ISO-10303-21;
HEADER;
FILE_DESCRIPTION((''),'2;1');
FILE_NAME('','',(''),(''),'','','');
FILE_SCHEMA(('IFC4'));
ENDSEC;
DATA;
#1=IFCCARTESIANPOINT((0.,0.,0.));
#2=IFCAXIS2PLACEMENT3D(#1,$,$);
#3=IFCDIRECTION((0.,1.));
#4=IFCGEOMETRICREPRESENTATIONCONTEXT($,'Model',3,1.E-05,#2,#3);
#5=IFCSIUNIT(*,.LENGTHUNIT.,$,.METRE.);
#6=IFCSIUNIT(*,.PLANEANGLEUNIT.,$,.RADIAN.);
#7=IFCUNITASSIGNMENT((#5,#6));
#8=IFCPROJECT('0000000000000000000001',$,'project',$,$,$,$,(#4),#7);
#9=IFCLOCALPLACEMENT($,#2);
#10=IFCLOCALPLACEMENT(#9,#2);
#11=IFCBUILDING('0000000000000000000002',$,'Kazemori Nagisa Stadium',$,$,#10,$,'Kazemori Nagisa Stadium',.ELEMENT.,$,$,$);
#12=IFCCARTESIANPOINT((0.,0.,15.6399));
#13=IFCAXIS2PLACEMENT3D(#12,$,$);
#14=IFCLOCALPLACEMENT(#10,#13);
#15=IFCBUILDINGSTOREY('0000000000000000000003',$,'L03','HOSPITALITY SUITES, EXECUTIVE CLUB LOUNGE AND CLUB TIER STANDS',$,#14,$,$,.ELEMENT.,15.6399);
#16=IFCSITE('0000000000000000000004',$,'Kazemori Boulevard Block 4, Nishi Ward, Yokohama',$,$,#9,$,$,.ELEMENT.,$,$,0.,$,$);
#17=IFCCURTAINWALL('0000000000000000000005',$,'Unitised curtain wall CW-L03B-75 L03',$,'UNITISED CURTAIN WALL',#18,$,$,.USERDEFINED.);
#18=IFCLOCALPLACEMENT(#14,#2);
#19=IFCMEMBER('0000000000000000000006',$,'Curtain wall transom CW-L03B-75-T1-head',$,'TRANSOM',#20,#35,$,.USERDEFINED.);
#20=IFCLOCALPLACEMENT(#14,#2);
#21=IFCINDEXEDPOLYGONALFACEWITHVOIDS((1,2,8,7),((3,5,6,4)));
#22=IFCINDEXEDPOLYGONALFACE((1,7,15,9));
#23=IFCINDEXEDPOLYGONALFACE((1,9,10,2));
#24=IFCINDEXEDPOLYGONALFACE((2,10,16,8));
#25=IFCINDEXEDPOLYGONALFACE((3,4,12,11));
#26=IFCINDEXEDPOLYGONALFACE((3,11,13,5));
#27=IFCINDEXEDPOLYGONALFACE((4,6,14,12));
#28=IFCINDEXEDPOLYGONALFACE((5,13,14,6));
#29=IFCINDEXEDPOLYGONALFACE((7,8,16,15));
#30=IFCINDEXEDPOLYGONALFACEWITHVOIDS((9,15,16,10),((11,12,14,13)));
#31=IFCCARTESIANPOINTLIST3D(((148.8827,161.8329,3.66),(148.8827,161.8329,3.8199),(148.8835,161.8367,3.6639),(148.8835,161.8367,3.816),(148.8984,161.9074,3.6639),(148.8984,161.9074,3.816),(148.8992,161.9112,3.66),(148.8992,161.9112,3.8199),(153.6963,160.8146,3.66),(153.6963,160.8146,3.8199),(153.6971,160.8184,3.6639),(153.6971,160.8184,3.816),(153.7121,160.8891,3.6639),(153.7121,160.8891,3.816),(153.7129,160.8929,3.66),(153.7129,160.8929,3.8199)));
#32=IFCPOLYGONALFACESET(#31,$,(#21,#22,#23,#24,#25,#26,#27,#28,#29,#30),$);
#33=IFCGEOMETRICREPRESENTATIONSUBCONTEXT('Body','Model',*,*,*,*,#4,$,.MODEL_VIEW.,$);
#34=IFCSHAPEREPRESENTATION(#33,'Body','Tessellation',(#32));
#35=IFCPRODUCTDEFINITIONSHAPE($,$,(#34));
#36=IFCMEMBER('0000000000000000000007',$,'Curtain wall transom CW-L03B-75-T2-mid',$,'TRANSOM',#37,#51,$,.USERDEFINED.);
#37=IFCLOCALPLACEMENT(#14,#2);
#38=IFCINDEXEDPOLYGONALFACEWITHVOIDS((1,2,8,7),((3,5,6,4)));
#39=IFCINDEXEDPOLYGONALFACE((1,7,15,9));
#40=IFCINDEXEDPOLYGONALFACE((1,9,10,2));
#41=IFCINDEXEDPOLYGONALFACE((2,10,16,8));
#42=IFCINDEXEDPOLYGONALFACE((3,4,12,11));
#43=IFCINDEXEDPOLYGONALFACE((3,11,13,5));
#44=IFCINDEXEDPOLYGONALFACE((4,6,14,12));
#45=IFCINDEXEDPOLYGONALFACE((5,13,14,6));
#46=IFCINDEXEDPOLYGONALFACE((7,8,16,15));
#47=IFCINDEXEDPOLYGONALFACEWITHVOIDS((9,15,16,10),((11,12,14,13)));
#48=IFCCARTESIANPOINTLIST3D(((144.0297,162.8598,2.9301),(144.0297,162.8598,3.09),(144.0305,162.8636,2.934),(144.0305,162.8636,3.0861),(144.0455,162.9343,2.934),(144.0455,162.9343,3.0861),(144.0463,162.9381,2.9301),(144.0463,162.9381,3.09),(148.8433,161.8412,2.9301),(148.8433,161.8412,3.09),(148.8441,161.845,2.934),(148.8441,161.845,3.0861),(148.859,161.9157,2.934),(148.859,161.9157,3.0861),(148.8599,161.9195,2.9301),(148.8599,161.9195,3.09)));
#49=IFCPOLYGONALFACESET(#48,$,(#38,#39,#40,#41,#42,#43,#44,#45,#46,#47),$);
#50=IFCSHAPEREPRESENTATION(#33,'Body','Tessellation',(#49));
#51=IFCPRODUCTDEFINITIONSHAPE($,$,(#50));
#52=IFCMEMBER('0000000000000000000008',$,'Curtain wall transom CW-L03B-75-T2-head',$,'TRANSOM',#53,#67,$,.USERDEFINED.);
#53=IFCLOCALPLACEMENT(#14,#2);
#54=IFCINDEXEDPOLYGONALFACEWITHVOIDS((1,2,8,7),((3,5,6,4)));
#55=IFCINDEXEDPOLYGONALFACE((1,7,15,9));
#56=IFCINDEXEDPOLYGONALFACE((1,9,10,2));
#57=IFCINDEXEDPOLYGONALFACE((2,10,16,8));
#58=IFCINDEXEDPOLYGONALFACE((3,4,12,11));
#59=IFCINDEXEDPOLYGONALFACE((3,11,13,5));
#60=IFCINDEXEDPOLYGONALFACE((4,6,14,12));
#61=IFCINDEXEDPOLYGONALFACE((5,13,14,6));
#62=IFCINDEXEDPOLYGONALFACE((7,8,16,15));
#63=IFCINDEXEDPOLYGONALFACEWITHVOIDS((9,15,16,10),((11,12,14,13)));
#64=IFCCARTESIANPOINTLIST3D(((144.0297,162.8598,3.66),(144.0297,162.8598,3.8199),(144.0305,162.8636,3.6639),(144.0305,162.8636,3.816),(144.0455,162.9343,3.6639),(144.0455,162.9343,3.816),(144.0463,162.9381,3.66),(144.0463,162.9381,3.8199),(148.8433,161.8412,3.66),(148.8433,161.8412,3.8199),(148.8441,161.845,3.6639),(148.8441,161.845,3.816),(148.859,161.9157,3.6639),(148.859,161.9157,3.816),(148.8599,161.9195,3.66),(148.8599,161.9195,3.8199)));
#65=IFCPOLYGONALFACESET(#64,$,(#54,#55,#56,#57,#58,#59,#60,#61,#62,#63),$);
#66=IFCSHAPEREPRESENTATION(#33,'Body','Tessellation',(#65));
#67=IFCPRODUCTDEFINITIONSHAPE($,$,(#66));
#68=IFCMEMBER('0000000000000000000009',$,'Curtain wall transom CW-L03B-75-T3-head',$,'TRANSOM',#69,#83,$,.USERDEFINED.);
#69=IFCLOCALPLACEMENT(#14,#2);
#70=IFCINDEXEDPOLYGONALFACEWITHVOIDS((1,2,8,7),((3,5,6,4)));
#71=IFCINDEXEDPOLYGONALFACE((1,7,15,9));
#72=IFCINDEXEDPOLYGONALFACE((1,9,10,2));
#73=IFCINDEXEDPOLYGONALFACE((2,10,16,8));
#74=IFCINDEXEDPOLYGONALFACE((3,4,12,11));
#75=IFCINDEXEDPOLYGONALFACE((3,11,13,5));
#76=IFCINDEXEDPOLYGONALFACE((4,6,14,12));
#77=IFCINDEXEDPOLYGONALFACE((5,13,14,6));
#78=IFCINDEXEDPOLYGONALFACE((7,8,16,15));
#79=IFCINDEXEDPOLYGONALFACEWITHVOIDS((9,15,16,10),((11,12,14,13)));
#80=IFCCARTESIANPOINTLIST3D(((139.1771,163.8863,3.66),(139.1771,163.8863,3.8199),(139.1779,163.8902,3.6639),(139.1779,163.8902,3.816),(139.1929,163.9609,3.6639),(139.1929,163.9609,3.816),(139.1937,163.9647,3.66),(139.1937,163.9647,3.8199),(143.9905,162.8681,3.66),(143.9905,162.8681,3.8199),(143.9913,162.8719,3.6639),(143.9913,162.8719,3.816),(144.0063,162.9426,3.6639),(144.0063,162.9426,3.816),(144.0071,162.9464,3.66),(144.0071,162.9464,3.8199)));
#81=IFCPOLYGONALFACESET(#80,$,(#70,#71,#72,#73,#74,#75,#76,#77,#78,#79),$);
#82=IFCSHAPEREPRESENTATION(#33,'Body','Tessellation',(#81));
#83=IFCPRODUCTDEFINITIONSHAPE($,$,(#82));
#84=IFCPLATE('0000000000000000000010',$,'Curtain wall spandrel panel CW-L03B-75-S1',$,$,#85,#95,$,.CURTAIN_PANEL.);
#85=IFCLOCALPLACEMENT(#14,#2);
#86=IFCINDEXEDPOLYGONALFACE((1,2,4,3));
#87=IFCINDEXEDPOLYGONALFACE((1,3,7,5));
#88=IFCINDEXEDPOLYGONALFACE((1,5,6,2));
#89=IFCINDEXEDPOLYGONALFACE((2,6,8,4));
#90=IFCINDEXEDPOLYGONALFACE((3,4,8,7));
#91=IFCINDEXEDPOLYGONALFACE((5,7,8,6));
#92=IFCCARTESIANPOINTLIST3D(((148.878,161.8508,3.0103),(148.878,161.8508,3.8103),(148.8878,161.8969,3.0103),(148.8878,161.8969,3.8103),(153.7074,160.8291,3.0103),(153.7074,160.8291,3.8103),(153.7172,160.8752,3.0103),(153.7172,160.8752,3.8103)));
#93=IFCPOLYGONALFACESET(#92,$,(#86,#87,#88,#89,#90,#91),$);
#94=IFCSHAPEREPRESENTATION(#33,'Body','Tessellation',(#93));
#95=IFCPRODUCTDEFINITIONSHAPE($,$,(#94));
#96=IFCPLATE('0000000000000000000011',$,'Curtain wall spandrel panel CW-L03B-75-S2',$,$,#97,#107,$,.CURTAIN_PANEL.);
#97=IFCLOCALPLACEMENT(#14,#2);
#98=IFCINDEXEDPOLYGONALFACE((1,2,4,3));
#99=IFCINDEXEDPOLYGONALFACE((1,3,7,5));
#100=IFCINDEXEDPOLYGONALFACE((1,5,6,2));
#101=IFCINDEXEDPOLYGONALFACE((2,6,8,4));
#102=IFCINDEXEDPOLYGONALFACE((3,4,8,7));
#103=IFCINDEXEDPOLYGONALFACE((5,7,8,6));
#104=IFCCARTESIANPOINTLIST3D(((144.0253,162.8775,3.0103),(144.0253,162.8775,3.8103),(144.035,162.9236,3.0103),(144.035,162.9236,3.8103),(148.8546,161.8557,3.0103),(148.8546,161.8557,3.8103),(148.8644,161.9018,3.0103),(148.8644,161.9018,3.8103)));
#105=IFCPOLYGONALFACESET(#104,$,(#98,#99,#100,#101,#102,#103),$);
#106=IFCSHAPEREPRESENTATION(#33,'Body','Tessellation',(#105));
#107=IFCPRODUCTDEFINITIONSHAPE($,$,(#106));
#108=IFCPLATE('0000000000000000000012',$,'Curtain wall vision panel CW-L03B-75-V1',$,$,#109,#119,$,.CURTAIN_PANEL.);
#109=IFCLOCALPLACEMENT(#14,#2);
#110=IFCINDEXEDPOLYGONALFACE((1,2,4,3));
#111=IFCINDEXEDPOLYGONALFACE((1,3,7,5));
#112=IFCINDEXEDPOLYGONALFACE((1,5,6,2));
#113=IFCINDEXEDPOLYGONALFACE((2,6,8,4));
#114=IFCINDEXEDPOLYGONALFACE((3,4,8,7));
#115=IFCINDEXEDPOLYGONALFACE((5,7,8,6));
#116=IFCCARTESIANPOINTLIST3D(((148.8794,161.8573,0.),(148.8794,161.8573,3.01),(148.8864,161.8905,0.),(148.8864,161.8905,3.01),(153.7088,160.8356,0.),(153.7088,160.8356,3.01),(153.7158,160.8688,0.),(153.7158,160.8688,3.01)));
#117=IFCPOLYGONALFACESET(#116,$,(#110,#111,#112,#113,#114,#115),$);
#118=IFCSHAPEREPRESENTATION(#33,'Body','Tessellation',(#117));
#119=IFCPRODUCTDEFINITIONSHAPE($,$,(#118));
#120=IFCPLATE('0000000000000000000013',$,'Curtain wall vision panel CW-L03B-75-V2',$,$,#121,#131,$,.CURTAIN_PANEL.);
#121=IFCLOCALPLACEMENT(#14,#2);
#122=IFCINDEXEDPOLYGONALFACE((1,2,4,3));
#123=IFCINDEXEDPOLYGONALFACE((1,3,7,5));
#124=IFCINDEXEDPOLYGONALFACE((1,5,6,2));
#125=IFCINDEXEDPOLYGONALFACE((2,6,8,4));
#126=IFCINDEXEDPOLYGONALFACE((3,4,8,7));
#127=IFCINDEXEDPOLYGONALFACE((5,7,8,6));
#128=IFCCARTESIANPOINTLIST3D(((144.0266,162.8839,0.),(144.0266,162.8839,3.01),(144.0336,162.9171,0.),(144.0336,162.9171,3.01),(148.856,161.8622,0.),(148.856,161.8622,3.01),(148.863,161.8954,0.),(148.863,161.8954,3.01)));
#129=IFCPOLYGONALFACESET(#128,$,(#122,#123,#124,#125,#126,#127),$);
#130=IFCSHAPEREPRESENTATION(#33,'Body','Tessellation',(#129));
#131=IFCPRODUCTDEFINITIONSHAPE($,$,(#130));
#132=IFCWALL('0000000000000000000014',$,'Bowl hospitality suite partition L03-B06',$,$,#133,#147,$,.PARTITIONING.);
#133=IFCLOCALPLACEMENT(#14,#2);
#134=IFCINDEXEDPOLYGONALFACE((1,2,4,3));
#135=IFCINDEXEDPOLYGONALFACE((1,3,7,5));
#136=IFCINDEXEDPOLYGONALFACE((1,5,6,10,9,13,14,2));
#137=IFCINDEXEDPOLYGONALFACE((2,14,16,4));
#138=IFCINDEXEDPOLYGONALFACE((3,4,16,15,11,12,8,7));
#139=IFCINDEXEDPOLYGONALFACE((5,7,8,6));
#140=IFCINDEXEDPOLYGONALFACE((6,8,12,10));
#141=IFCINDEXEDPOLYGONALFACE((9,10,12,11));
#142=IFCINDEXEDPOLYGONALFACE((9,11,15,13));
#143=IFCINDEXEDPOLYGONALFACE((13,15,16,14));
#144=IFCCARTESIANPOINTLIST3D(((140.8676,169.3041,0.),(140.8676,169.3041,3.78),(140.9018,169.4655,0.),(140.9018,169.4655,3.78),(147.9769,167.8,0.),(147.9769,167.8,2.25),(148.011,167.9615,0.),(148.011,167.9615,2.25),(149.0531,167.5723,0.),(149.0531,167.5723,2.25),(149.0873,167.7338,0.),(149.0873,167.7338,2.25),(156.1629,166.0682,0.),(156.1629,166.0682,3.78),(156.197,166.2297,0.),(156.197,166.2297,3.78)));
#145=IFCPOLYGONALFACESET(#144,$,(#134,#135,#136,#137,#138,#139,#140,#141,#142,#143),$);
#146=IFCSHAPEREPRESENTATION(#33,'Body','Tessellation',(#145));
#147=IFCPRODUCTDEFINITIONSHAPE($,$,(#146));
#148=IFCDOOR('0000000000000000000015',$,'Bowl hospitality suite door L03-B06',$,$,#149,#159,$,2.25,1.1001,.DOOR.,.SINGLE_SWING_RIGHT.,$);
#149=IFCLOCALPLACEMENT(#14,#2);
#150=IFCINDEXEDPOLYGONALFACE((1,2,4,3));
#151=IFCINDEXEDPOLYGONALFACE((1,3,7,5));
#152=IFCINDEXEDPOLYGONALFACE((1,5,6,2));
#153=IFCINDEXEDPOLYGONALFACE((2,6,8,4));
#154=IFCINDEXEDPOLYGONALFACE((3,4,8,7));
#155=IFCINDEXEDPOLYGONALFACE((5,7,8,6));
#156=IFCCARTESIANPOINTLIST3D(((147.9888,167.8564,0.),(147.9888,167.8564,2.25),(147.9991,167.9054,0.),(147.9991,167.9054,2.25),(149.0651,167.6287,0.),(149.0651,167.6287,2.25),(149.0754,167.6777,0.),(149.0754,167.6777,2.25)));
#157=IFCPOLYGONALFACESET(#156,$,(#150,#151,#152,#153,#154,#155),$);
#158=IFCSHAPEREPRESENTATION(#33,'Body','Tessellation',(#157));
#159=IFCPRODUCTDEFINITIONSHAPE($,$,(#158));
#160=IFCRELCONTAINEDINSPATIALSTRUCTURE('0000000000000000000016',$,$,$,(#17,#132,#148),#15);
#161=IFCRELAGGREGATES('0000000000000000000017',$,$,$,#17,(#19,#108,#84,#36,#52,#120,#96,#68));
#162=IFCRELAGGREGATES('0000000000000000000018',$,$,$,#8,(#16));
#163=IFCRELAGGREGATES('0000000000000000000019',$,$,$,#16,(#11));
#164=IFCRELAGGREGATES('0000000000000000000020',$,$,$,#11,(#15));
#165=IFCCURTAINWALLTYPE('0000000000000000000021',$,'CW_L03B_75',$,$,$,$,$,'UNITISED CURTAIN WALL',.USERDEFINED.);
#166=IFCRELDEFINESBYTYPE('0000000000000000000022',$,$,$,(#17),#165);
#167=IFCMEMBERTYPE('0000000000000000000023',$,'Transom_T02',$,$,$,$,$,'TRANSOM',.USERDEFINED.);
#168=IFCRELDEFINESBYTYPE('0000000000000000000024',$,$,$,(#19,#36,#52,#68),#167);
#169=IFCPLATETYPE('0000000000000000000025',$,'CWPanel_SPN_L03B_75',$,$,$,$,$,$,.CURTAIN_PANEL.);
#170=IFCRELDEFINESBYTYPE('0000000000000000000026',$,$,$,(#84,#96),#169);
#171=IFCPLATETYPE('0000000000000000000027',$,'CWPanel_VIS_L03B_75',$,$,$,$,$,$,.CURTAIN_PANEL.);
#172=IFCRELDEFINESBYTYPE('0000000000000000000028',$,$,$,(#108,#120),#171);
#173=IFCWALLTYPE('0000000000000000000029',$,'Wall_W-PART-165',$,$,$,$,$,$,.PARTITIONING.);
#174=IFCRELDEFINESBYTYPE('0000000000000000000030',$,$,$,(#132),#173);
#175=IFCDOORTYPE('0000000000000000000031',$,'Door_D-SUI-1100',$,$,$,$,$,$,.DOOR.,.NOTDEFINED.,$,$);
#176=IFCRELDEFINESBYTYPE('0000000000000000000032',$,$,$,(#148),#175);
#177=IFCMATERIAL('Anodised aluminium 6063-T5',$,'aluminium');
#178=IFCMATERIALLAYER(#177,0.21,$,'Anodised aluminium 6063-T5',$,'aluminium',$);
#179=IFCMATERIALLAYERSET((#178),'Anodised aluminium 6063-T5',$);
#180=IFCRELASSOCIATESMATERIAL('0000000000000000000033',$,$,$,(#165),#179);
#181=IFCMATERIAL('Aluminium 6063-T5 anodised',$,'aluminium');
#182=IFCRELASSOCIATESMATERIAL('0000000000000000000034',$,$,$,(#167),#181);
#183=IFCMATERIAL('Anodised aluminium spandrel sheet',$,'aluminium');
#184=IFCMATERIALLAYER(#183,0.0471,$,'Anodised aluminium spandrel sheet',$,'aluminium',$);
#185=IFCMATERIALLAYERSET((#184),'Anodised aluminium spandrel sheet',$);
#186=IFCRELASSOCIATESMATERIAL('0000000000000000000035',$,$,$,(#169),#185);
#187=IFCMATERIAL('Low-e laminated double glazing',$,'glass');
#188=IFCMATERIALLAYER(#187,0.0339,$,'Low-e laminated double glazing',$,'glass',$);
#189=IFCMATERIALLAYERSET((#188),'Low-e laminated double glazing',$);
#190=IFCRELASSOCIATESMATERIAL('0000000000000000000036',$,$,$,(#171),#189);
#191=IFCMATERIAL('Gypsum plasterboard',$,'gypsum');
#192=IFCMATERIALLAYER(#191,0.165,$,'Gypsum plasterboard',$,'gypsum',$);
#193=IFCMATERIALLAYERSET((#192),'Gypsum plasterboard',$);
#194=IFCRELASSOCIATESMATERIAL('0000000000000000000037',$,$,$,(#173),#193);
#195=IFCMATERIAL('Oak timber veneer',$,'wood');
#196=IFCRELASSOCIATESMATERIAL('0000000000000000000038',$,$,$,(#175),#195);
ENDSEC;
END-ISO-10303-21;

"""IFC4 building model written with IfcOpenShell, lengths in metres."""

from ifc_helpers import new_model, si_unit, direction, frame, frame_2d, origin, origin_2d, place, context, subcontext, project, spatial, rectangle, hollow_rectangle, extrude, material, layer, layer_set, material_profile, profile_set, type_object, element, fill, aggregate, save


model = new_model("IFC4")

# Units and contexts
model_context = context("Model", 3, precision=1e-05, world=origin(), true_north=direction((0.0, 1.0)))
body_context = subcontext(model_context, "Body", "Model", "MODEL_VIEW")
ifc_project = project(units=[si_unit("LENGTHUNIT", "METRE"), si_unit("PLANEANGLEUNIT", "RADIAN")], contexts=[model_context])

# Site, building, storey
site_placement = place(None, origin())
site = spatial("IfcSite", under=ifc_project, at=site_placement, Name="Kazemori Boulevard Block 4, Nishi Ward, Yokohama", CompositionType="ELEMENT", RefElevation=0.0)
building_placement = place(site_placement, origin())
building = spatial("IfcBuilding", under=site, at=building_placement, Name="Kazemori Nagisa Stadium", LongName="Kazemori Nagisa Stadium", CompositionType="ELEMENT")
storey_placement = place(building_placement, frame((0.0, 0.0, 15.6399)))
storey = spatial("IfcBuildingStorey", under=building, at=storey_placement, Name="L03", Description="HOSPITALITY SUITES, EXECUTIVE CLUB LOUNGE AND CLUB TIER STANDS", CompositionType="ELEMENT", Elevation=15.6399)

# Curtain wall, members, plates
ifc_material_1 = material(Name="Anodised aluminium 6063-T5", Category="aluminium")
ifc_layer_1 = layer(ifc_material_1, 0.21, Name="Anodised aluminium 6063-T5", Category="aluminium")
ifc_layer_set_1 = layer_set([ifc_layer_1], Name="Anodised aluminium 6063-T5")
curtain_wall_type = type_object("IfcCurtainWallType", Name="CW_L03B_75", ElementType="UNITISED CURTAIN WALL", PredefinedType="USERDEFINED", material=ifc_layer_set_1)
curtain_wall_placement = place(storey_placement, origin())
curtain_wall = element("IfcCurtainWall", 1, at=curtain_wall_placement, inside=storey, type_object=curtain_wall_type, Name="Unitised curtain wall CW-L03B-75 L03", ObjectType="UNITISED CURTAIN WALL", PredefinedType="USERDEFINED")
ifc_material_2 = material(Name="Aluminium 6063-T5 anodised", Category="aluminium")
ifc_material_profile_1 = material_profile(ifc_material_2, hollow_rectangle(XDim=0.0801, YDim=0.1599, WallThickness=0.0039, at=origin_2d()), Name="ALU-TRAN-80x160x4")
ifc_profile_set_1 = profile_set([ifc_material_profile_1], Name="Aluminium 6063-T5 anodised")
member_type_1 = type_object("IfcMemberType", Name="Transom_T02", ElementType="TRANSOM", PredefinedType="USERDEFINED", material=ifc_profile_set_1)
member_1_placement = place(storey_placement, frame((153.7046, 160.8538, 3.74), z_axis=(-0.978349, 0.206963, 0.0), x_axis=(-0.206963, -0.978349, 0.0)))
member_1 = element("IfcMember", 2, at=member_1_placement, type_object=member_type_1, Name="Curtain wall transom CW-L03B-75-T1-head", ObjectType="TRANSOM", PredefinedType="USERDEFINED", context=body_context, shape_type="SweptSolid", body=[
    extrude(hollow_rectangle(XDim=0.0801, YDim=0.1599, WallThickness=0.0039, at=origin_2d()), origin(), (0.0, 0.0, 1.0), 4.9202),
])
member_2_placement = place(storey_placement, frame((148.8516, 161.8804, 3.01), z_axis=(-0.978337, 0.207021, 0.0), x_axis=(-0.207021, -0.978337, 0.0)))
member_2 = element("IfcMember", 3, at=member_2_placement, type_object=member_type_1, Name="Curtain wall transom CW-L03B-75-T2-mid", ObjectType="TRANSOM", PredefinedType="USERDEFINED", context=body_context, shape_type="SweptSolid", body=[
    extrude(hollow_rectangle(XDim=0.0801, YDim=0.1599, WallThickness=0.0039, at=origin_2d()), origin(), (0.0, 0.0, 1.0), 4.9202),
])
member_3_placement = place(storey_placement, frame((148.8516, 161.8804, 3.74), z_axis=(-0.978337, 0.207021, 0.0), x_axis=(-0.207021, -0.978337, 0.0)))
member_3 = element("IfcMember", 4, at=member_3_placement, type_object=member_type_1, Name="Curtain wall transom CW-L03B-75-T2-head", ObjectType="TRANSOM", PredefinedType="USERDEFINED", context=body_context, shape_type="SweptSolid", body=[
    extrude(hollow_rectangle(XDim=0.0801, YDim=0.1599, WallThickness=0.0039, at=origin_2d()), origin(), (0.0, 0.0, 1.0), 4.9202),
])
member_4_placement = place(storey_placement, frame((143.9988, 162.9072, 3.74), z_axis=(-0.978347, 0.206973, 0.0), x_axis=(-0.206973, -0.978347, 0.0)))
member_4 = element("IfcMember", 5, at=member_4_placement, type_object=member_type_1, Name="Curtain wall transom CW-L03B-75-T3-head", ObjectType="TRANSOM", PredefinedType="USERDEFINED", context=body_context, shape_type="SweptSolid", body=[
    extrude(hollow_rectangle(XDim=0.0801, YDim=0.1599, WallThickness=0.0039, at=origin_2d()), origin(), (0.0, 0.0, 1.0), 4.9199),
])
ifc_material_3 = material(Name="Anodised aluminium spandrel sheet", Category="aluminium")
ifc_layer_2 = layer(ifc_material_3, 0.0471, Name="Anodised aluminium spandrel sheet", Category="aluminium")
ifc_layer_set_2 = layer_set([ifc_layer_2], Name="Anodised aluminium spandrel sheet")
plate_type_1 = type_object("IfcPlateType", Name="CWPanel_SPN_L03B_75", PredefinedType="CURTAIN_PANEL", material=ifc_layer_set_2)
plate_1_placement = place(storey_placement, frame((151.2976, 161.363, 3.0103), z_axis=(0.0, 0.0, 1.0), x_axis=(-0.978345, 0.206981, 0.0)))
plate_1 = element("IfcPlate", 6, at=plate_1_placement, type_object=plate_type_1, Name="Curtain wall spandrel panel CW-L03B-75-S1", PredefinedType="CURTAIN_PANEL", context=body_context, shape_type="SweptSolid", body=[
    extrude(rectangle(XDim=4.9363, YDim=0.0471, at=origin_2d()), origin(), (0.0, 0.0, 1.0), 0.8),
])
plate_2_placement = place(storey_placement, frame((146.4448, 162.3896, 3.0103), z_axis=(0.0, 0.0, 1.0), x_axis=(-0.978345, 0.206981, 0.0)))
plate_2 = element("IfcPlate", 7, at=plate_2_placement, type_object=plate_type_1, Name="Curtain wall spandrel panel CW-L03B-75-S2", PredefinedType="CURTAIN_PANEL", context=body_context, shape_type="SweptSolid", body=[
    extrude(rectangle(XDim=4.9363, YDim=0.0471, at=origin_2d()), origin(), (0.0, 0.0, 1.0), 0.8),
])
ifc_material_4 = material(Name="Low-e laminated double glazing", Category="glass")
ifc_layer_3 = layer(ifc_material_4, 0.0339, Name="Low-e laminated double glazing", Category="glass")
ifc_layer_set_3 = layer_set([ifc_layer_3], Name="Low-e laminated double glazing")
plate_type_2 = type_object("IfcPlateType", Name="CWPanel_VIS_L03B_75", PredefinedType="CURTAIN_PANEL", material=ifc_layer_set_3)
plate_3_placement = place(storey_placement, frame((151.2976, 161.363, 0.0), z_axis=(0.0, 0.0, 1.0), x_axis=(-0.978345, 0.206981, 0.0)))
plate_3 = element("IfcPlate", 8, at=plate_3_placement, type_object=plate_type_2, Name="Curtain wall vision panel CW-L03B-75-V1", PredefinedType="CURTAIN_PANEL", context=body_context, shape_type="SweptSolid", body=[
    extrude(rectangle(XDim=4.9363, YDim=0.0339, at=origin_2d()), origin(), (0.0, 0.0, 1.0), 3.01),
])
plate_4_placement = place(storey_placement, frame((146.4448, 162.3896, 0.0), z_axis=(0.0, 0.0, 1.0), x_axis=(-0.978345, 0.206981, 0.0)))
plate_4 = element("IfcPlate", 9, at=plate_4_placement, type_object=plate_type_2, Name="Curtain wall vision panel CW-L03B-75-V2", PredefinedType="CURTAIN_PANEL", context=body_context, shape_type="SweptSolid", body=[
    extrude(rectangle(XDim=4.9363, YDim=0.0339, at=origin_2d()), origin(), (0.0, 0.0, 1.0), 3.01),
])
aggregate(curtain_wall, [member_1, plate_3, plate_1, member_2, member_3, plate_4, plate_2, member_4])

# Wall, opening, door
ifc_material_5 = material(Name="Gypsum plasterboard", Category="gypsum")
ifc_layer_4 = layer(ifc_material_5, 0.165, Name="Gypsum plasterboard", Category="gypsum")
ifc_layer_set_4 = layer_set([ifc_layer_4], Name="Gypsum plasterboard")
wall_type = type_object("IfcWallType", Name="Wall_W-PART-165", PredefinedType="PARTITIONING", material=ifc_layer_set_4)
wall_placement = place(storey_placement, frame((156.1799, 166.1489, 0.0), z_axis=(0.0, 0.0, 1.0), x_axis=(-0.978346, 0.206978, 0.0)))
wall = element("IfcWall", 10, at=wall_placement, inside=storey, type_object=wall_type, Name="Bowl hospitality suite partition L03-B06", PredefinedType="PARTITIONING", context=body_context, shape_type="SweptSolid", body=[
    extrude(rectangle(XDim=15.6338, YDim=0.165, at=frame_2d((7.8169, 0.0))), origin(), (0.0, 0.0, 1.0), 3.78),
])
opening_placement = place(wall_placement, frame((7.2671, 0.0, 0.0)))
opening = element("IfcOpeningElement", 11, at=opening_placement, cuts=wall, PredefinedType="OPENING", context=body_context, shape_type="SweptSolid", body=[
    extrude(rectangle(XDim=1.1001, YDim=2.25, at=frame_2d((0.55, 1.125))), frame((0.0, 0.0925, 0.0), z_axis=(0.0, -1.0, 0.0), x_axis=(1.0, 0.0, 0.0)), (0.0, 0.0, 1.0), 0.1851),
])
ifc_material_6 = material(Name="Oak timber veneer", Category="wood")
door_type = type_object("IfcDoorType", Name="Door_D-SUI-1100", OperationType="NOTDEFINED", PredefinedType="DOOR", material=ifc_material_6)
door_placement = place(opening_placement, origin())
door = element("IfcDoor", 12, at=door_placement, inside=storey, type_object=door_type, Name="Bowl hospitality suite door L03-B06", OperationType="SINGLE_SWING_RIGHT", OverallHeight=2.25, OverallWidth=1.1001, PredefinedType="DOOR", context=body_context, shape_type="SweptSolid", body=[
    extrude(rectangle(XDim=1.1001, YDim=2.25, at=frame_2d((0.55, 1.125))), frame((0.0, 0.0249, 0.0), z_axis=(0.0, -1.0, 0.0), x_axis=(1.0, 0.0, 0.0)), (0.0, 0.0, 1.0), 0.05),
])
fill(opening, door)

save(model, "model.ifc")
